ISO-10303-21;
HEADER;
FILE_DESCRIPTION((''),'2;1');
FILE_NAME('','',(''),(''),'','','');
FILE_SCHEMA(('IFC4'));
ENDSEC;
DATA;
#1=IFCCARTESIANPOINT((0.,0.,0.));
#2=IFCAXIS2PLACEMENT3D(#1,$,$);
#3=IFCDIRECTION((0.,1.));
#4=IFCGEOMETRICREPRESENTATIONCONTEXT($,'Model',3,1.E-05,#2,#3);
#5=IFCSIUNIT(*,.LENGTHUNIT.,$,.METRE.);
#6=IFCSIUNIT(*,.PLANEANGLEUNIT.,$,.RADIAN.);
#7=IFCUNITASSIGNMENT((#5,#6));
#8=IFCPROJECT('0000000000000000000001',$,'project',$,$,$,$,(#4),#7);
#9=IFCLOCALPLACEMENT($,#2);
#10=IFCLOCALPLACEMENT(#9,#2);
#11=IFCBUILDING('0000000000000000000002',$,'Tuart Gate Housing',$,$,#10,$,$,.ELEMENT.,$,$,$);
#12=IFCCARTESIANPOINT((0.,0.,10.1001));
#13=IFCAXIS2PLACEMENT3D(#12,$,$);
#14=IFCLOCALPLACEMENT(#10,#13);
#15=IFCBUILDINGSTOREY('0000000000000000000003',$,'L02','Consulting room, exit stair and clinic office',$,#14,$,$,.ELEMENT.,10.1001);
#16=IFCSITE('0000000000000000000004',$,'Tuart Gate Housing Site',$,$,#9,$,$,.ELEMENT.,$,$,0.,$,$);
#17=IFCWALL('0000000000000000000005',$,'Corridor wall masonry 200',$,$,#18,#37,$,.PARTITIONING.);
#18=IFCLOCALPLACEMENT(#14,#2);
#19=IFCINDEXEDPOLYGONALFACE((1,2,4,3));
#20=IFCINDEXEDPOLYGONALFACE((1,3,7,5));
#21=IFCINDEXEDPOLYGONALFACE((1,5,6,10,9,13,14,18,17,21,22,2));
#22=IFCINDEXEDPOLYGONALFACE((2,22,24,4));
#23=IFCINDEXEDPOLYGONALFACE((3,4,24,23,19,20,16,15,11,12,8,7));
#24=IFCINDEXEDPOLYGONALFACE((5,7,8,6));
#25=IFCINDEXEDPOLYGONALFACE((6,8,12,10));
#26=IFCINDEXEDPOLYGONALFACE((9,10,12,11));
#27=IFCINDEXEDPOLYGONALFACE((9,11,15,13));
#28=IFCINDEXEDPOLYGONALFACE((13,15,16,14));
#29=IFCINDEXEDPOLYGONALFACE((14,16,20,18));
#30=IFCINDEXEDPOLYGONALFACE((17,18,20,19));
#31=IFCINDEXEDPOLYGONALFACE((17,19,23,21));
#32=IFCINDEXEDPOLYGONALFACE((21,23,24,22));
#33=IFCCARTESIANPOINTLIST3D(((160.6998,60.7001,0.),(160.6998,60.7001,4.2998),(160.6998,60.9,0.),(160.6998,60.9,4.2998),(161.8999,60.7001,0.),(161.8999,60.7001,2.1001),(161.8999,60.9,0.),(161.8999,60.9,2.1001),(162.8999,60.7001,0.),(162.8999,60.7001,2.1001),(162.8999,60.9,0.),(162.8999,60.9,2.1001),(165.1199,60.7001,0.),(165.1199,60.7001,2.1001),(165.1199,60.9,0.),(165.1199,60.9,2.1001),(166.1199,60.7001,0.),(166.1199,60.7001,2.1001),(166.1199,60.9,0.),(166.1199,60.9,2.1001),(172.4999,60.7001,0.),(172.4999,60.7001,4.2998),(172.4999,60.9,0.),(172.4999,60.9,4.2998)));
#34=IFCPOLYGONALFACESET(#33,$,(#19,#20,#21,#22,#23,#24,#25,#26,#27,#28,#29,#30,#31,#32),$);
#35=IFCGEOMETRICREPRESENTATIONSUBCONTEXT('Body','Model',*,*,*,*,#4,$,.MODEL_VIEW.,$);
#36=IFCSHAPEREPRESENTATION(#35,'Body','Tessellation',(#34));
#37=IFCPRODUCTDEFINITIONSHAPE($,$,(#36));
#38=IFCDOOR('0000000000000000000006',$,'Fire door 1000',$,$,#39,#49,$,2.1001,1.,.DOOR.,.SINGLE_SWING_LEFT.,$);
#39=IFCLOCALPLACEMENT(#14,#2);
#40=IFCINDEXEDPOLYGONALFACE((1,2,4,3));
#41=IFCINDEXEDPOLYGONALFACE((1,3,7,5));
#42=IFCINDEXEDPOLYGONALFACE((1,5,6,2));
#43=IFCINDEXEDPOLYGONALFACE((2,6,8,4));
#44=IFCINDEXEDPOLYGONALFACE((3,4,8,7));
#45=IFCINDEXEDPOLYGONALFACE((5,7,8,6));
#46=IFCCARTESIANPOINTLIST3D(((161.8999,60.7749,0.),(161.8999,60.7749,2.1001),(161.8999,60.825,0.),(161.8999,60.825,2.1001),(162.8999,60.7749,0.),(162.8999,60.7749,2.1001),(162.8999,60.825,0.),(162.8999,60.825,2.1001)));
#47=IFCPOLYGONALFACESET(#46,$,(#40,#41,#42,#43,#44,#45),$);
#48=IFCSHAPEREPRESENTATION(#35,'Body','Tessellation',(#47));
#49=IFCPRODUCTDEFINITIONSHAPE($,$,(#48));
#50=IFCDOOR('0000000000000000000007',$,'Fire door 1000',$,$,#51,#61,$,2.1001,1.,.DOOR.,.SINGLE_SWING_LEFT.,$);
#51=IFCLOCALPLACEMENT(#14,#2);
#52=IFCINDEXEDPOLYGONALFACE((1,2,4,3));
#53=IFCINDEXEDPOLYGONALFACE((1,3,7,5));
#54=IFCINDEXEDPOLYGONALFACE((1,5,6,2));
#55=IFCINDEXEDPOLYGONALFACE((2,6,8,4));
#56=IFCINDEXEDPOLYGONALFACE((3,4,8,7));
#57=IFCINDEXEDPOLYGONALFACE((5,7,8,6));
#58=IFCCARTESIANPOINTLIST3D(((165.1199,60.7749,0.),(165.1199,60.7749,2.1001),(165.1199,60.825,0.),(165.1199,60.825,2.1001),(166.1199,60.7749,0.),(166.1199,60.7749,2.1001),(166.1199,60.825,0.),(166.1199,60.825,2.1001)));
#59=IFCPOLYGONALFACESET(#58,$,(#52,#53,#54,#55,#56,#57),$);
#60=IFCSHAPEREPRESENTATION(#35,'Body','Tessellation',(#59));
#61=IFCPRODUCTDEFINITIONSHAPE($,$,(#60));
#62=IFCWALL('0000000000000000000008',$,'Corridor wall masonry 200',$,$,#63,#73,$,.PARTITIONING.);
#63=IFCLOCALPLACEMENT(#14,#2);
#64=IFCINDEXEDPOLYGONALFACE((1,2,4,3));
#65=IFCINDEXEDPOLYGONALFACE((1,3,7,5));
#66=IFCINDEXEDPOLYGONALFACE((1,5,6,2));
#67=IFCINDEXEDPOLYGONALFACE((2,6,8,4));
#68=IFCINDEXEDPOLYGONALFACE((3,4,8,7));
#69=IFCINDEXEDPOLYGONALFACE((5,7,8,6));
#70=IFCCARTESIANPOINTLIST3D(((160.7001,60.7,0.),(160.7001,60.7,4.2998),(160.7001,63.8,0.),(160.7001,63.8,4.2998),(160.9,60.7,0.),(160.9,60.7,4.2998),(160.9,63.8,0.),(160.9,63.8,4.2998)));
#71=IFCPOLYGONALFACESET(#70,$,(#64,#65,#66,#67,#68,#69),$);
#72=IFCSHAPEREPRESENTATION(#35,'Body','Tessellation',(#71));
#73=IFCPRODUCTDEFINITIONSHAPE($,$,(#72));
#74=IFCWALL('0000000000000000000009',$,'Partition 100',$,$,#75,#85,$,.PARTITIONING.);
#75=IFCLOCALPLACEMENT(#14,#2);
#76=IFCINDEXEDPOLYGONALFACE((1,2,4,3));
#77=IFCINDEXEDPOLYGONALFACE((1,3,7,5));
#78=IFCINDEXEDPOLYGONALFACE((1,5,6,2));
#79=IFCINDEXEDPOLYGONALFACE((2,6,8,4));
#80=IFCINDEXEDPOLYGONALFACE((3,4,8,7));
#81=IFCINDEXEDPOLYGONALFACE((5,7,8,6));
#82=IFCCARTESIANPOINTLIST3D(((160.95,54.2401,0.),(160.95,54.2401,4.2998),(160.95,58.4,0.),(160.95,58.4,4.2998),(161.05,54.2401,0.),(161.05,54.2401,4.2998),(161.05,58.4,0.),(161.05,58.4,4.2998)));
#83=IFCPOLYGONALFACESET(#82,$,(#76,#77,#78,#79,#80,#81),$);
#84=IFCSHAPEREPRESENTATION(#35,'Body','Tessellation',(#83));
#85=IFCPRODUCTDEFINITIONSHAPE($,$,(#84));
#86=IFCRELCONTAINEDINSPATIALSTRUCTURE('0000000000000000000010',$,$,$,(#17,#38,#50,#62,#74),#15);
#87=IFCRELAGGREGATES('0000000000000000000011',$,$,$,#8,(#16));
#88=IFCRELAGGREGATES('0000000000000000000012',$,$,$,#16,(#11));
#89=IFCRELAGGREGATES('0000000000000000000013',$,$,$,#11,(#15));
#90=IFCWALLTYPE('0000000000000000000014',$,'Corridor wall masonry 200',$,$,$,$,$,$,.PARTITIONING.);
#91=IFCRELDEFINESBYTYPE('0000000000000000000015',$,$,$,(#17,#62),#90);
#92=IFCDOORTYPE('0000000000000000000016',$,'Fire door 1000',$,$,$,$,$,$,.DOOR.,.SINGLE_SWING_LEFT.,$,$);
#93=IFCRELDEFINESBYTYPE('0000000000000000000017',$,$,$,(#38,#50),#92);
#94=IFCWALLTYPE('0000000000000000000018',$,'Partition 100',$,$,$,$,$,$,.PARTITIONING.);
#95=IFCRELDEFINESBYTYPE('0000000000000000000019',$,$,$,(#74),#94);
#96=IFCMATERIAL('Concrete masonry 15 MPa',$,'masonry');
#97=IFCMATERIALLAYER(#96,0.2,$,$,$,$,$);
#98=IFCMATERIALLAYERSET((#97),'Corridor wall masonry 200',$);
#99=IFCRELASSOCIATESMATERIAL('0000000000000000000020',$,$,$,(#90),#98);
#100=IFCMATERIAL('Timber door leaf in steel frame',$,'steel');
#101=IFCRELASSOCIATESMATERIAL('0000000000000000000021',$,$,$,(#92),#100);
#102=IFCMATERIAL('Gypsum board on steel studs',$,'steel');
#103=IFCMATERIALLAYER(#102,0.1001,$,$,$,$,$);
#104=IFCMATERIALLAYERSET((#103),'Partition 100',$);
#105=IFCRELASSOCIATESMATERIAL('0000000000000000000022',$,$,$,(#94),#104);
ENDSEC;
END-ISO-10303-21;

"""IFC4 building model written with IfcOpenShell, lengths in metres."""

from ifc_helpers import new_model, si_unit, direction, frame, frame_2d, origin, place, context, subcontext, project, spatial, rectangle, extrude, material, layer, layer_set, type_object, element, fill, save


model = new_model("IFC4")

# Units and contexts
model_context = context("Model", 3, precision=1e-05, world=origin(), true_north=direction((0.0, 1.0)))
body_context = subcontext(model_context, "Body", "Model", "MODEL_VIEW")
ifc_project = project(units=[si_unit("LENGTHUNIT", "METRE"), si_unit("PLANEANGLEUNIT", "RADIAN")], contexts=[model_context])

# Site, building, storey
site_placement = place(None, origin())
site = spatial("IfcSite", under=ifc_project, at=site_placement, Name="Tuart Gate Housing Site", CompositionType="ELEMENT", RefElevation=0.0)
building_placement = place(site_placement, origin())
building = spatial("IfcBuilding", under=site, at=building_placement, Name="Tuart Gate Housing", CompositionType="ELEMENT")
storey_placement = place(building_placement, frame((0.0, 0.0, 10.1001)))
storey = spatial("IfcBuildingStorey", under=building, at=storey_placement, Name="L02", Description="Consulting room, exit stair and clinic office", CompositionType="ELEMENT", Elevation=10.1001)

# Wall, openings, doors
ifc_material_1 = material(Name="Concrete masonry 15 MPa", Category="masonry")
ifc_layer_1 = layer(ifc_material_1, 0.2)
ifc_layer_set_1 = layer_set([ifc_layer_1], Name="Corridor wall masonry 200")
wall_type_1 = type_object("IfcWallType", Name="Corridor wall masonry 200", PredefinedType="PARTITIONING", material=ifc_layer_set_1)
wall_1_placement = place(storey_placement, frame((160.7, 60.8, 0.0), z_axis=(0.0, 0.0, 1.0), x_axis=(1.0, 0.0, 0.0)))
wall_1 = element("IfcWall", 1, at=wall_1_placement, inside=storey, type_object=wall_type_1, Name="Corridor wall masonry 200", PredefinedType="PARTITIONING", context=body_context, shape_type="SweptSolid", body=[
    extrude(rectangle(XDim=11.8, YDim=0.2, at=frame_2d((5.8999, 0.0))), origin(), (0.0, 0.0, 1.0), 4.2998),
])
opening_1_placement = place(wall_1_placement, frame((1.2, 0.0, 0.0)))
opening_1 = element("IfcOpeningElement", 2, at=opening_1_placement, cuts=wall_1, PredefinedType="OPENING", context=body_context, shape_type="SweptSolid", body=[
    extrude(rectangle(XDim=1.0, YDim=2.1001, at=frame_2d((0.5, 1.05))), frame((0.0, 0.1099, 0.0), z_axis=(0.0, -1.0, 0.0), x_axis=(1.0, 0.0, 0.0)), (0.0, 0.0, 1.0), 0.22),
])
opening_2_placement = place(wall_1_placement, frame((4.4199, 0.0, 0.0)))
opening_2 = element("IfcOpeningElement", 3, at=opening_2_placement, cuts=wall_1, PredefinedType="OPENING", context=body_context, shape_type="SweptSolid", body=[
    extrude(rectangle(XDim=1.0, YDim=2.1001, at=frame_2d((0.5, 1.05))), frame((0.0, 0.1099, 0.0), z_axis=(0.0, -1.0, 0.0), x_axis=(1.0, 0.0, 0.0)), (0.0, 0.0, 1.0), 0.22),
])
ifc_material_2 = material(Name="Timber door leaf in steel frame", Category="steel")
door_type_1 = type_object("IfcDoorType", Name="Fire door 1000", OperationType="SINGLE_SWING_LEFT", PredefinedType="DOOR", material=ifc_material_2)
door_1_placement = place(opening_1_placement, origin())
door_1 = element("IfcDoor", 4, at=door_1_placement, inside=storey, type_object=door_type_1, Name="Fire door 1000", OperationType="SINGLE_SWING_LEFT", OverallHeight=2.1001, OverallWidth=1.0, PredefinedType="DOOR", context=body_context, shape_type="SweptSolid", body=[
    extrude(rectangle(XDim=1.0, YDim=2.1001, at=frame_2d((0.5, 1.05))), frame((0.0, 0.0249, 0.0), z_axis=(0.0, -1.0, 0.0), x_axis=(1.0, 0.0, 0.0)), (0.0, 0.0, 1.0), 0.05),
])
fill(opening_1, door_1)
door_2_placement = place(opening_2_placement, origin())
door_2 = element("IfcDoor", 5, at=door_2_placement, inside=storey, type_object=door_type_1, Name="Fire door 1000", OperationType="SINGLE_SWING_LEFT", OverallHeight=2.1001, OverallWidth=1.0, PredefinedType="DOOR", context=body_context, shape_type="SweptSolid", body=[
    extrude(rectangle(XDim=1.0, YDim=2.1001, at=frame_2d((0.5, 1.05))), frame((0.0, 0.0249, 0.0), z_axis=(0.0, -1.0, 0.0), x_axis=(1.0, 0.0, 0.0)), (0.0, 0.0, 1.0), 0.05),
])
fill(opening_2, door_2)

# Walls
wall_2_placement = place(storey_placement, frame((160.8, 60.7, 0.0), z_axis=(0.0, 0.0, 1.0), x_axis=(0.0, 1.0, 0.0)))
element("IfcWall", 6, at=wall_2_placement, inside=storey, type_object=wall_type_1, Name="Corridor wall masonry 200", PredefinedType="PARTITIONING", context=body_context, shape_type="SweptSolid", body=[
    extrude(rectangle(XDim=3.1001, YDim=0.2, at=frame_2d((1.55, 0.0))), origin(), (0.0, 0.0, 1.0), 4.2998),
])
ifc_material_3 = material(Name="Gypsum board on steel studs", Category="steel")
ifc_layer_2 = layer(ifc_material_3, 0.1001)
ifc_layer_set_2 = layer_set([ifc_layer_2], Name="Partition 100")
wall_type_2 = type_object("IfcWallType", Name="Partition 100", PredefinedType="PARTITIONING", material=ifc_layer_set_2)
wall_3_placement = place(storey_placement, frame((161.0, 54.24, 0.0), z_axis=(0.0, 0.0, 1.0), x_axis=(0.0, 1.0, 0.0)))
element("IfcWall", 7, at=wall_3_placement, inside=storey, type_object=wall_type_2, Name="Partition 100", PredefinedType="PARTITIONING", context=body_context, shape_type="SweptSolid", body=[
    extrude(rectangle(XDim=4.1599, YDim=0.1001, at=frame_2d((2.0801, 0.0))), origin(), (0.0, 0.0, 1.0), 4.2998),
])

save(model, "model.ifc")
